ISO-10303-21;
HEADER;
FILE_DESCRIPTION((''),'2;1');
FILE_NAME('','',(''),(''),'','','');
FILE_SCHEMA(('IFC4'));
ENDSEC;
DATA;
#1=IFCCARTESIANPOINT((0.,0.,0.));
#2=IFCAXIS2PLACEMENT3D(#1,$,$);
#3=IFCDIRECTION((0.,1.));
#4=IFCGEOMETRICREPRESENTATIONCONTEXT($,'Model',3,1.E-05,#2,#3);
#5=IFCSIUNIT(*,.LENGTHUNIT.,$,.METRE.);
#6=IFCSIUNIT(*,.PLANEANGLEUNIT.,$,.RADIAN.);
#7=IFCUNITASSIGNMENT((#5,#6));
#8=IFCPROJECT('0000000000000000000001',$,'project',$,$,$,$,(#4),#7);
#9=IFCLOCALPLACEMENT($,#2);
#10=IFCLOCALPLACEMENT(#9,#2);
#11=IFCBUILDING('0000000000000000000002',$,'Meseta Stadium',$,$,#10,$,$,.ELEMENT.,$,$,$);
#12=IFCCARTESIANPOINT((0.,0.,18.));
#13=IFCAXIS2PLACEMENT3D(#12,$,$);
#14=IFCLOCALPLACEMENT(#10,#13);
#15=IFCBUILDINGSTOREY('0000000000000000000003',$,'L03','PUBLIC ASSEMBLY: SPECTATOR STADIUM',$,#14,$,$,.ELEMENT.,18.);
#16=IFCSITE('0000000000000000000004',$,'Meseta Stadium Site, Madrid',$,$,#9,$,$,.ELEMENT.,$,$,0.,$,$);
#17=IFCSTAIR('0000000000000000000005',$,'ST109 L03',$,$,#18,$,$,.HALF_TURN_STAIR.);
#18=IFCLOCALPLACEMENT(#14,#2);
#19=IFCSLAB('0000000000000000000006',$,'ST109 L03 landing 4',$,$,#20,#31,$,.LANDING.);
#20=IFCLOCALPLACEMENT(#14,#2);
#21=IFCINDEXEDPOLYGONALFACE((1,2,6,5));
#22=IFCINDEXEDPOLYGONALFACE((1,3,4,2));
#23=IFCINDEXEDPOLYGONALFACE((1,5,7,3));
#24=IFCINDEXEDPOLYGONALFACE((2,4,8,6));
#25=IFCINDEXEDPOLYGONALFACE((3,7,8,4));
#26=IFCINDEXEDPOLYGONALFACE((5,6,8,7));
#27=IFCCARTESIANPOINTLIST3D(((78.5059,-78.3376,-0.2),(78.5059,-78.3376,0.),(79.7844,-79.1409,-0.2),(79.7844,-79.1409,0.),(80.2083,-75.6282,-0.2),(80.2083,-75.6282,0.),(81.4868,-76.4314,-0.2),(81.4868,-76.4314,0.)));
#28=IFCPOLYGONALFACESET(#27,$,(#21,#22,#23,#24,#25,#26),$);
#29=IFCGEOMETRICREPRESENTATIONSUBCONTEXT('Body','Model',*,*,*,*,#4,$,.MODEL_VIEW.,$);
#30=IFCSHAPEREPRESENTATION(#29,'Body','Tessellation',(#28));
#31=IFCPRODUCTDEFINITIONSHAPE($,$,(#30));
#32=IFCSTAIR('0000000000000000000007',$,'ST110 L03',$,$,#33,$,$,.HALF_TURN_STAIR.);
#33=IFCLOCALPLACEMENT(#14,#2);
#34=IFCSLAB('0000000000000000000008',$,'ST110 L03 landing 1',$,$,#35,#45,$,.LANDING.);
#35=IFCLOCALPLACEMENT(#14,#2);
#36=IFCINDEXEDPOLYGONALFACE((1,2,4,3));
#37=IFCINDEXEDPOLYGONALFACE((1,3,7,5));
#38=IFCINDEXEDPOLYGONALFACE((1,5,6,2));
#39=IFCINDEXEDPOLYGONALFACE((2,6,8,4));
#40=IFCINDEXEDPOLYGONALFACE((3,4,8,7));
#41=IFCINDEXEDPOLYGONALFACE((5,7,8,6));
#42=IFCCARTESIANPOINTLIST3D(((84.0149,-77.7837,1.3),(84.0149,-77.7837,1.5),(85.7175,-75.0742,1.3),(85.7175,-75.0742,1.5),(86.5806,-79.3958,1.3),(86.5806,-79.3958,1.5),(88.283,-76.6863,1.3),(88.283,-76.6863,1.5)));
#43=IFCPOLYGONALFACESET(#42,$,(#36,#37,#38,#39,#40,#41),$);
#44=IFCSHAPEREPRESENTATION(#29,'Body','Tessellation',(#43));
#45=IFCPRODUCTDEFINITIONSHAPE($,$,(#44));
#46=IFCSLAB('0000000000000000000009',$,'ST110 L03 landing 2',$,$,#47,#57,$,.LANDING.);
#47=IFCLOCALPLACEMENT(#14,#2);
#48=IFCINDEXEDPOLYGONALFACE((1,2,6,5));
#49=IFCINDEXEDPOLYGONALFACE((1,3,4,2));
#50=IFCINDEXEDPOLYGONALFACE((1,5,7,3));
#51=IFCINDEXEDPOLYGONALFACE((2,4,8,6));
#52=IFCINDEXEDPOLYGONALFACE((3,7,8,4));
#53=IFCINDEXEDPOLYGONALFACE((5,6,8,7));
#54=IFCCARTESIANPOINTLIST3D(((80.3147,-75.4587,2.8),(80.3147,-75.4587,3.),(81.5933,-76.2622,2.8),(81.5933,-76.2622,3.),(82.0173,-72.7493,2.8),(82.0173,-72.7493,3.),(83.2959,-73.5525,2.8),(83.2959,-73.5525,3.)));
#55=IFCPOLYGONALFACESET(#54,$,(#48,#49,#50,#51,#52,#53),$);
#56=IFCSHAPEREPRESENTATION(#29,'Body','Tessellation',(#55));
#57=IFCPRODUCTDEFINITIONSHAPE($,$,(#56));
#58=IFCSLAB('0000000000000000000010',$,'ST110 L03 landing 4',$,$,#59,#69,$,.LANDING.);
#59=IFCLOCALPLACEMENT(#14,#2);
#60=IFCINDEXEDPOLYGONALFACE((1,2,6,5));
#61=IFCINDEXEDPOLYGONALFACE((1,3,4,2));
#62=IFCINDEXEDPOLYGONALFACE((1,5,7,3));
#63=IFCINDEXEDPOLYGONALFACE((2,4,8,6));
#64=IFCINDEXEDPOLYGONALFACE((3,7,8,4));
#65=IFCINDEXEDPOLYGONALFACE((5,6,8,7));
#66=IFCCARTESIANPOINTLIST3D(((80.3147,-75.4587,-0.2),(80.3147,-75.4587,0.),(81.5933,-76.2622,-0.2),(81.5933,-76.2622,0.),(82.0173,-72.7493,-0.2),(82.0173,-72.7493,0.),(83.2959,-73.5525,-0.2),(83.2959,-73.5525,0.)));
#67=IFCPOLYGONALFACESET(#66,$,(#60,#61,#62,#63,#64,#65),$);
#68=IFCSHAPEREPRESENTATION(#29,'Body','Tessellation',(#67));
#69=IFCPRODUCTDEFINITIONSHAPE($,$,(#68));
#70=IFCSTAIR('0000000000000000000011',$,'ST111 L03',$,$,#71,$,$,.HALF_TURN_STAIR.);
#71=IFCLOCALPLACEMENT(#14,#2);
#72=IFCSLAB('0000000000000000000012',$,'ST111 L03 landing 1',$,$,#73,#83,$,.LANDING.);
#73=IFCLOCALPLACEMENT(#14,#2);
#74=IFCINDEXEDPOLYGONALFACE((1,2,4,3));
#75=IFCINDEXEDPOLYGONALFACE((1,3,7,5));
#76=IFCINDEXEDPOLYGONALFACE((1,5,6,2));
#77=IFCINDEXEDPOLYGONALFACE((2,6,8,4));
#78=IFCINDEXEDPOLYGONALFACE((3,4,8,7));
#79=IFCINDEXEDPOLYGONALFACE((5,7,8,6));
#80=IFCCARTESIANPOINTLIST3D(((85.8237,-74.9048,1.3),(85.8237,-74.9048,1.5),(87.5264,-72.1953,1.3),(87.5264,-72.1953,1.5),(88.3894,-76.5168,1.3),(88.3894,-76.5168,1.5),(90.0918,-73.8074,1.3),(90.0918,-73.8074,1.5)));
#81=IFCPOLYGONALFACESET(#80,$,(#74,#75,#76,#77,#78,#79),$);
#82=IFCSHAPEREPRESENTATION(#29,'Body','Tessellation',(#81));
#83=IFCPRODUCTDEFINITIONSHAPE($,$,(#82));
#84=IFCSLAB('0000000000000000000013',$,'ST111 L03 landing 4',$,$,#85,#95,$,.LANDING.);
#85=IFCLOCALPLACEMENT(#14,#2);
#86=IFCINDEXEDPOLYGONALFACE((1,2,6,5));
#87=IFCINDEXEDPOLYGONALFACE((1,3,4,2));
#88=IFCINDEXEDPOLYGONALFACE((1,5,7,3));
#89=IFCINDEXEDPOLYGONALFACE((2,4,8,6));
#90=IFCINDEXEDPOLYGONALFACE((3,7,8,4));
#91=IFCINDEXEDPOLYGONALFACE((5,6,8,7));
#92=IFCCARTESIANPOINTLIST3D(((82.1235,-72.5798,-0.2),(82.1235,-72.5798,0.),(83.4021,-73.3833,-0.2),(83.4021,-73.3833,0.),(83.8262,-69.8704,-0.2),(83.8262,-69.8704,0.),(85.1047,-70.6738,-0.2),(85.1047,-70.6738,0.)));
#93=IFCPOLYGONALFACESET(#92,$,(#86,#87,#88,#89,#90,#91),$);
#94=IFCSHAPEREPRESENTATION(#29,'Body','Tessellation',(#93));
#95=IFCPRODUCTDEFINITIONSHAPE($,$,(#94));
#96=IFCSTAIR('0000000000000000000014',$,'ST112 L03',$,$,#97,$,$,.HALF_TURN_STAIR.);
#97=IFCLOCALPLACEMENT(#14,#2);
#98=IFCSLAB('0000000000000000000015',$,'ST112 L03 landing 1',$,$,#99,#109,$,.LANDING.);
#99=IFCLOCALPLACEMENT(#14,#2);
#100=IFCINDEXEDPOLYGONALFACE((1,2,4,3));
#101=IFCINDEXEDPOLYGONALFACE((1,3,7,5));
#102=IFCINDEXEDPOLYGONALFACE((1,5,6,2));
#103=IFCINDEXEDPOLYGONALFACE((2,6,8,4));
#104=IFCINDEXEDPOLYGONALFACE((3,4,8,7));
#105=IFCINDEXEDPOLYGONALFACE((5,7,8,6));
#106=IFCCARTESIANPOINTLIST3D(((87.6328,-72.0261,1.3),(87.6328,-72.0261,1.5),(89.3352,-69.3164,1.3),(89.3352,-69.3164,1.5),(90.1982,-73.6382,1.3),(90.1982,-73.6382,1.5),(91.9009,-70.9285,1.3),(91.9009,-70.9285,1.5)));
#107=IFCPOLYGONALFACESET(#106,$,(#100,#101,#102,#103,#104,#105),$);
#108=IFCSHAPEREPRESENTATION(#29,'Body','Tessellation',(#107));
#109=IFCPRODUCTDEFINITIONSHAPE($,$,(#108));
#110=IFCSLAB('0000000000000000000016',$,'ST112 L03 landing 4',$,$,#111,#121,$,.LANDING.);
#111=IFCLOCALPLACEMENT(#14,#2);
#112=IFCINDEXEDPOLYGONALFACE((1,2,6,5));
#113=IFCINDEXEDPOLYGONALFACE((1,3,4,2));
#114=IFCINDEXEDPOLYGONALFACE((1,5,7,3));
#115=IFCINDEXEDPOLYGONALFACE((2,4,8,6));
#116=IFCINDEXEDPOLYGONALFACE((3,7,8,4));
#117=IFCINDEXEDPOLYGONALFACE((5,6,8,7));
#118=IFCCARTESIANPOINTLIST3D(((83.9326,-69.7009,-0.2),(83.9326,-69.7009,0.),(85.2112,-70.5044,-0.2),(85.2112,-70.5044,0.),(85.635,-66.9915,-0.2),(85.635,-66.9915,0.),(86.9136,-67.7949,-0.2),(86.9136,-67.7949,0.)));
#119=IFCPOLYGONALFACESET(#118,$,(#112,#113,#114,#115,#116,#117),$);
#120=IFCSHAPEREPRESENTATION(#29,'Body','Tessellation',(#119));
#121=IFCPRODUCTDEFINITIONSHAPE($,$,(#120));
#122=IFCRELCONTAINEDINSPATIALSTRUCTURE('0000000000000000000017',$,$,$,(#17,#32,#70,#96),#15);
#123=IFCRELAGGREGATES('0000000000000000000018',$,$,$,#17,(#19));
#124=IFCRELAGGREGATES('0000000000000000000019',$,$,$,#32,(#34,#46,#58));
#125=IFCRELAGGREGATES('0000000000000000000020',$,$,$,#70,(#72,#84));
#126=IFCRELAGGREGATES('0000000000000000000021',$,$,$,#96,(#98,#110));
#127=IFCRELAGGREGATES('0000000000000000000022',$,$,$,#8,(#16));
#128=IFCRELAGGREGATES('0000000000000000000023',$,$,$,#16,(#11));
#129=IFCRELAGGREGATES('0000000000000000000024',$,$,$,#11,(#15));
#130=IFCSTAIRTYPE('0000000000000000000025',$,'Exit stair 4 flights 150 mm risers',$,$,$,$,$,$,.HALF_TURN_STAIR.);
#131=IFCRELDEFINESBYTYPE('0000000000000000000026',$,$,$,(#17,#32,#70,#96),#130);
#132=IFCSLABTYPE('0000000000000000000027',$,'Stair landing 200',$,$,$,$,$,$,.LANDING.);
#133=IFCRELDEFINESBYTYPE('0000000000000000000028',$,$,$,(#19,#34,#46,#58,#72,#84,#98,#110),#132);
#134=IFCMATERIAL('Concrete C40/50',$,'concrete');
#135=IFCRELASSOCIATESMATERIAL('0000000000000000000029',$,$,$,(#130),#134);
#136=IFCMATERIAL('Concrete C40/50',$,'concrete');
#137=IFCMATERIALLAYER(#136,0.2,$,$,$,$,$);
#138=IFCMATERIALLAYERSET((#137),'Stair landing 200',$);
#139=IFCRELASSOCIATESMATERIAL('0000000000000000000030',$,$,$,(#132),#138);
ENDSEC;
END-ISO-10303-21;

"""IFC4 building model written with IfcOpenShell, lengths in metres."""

from ifc_helpers import new_model, si_unit, direction, frame, origin, place, context, subcontext, project, spatial, polyline, outline, extrude, material, layer, layer_set, type_object, element, aggregate, save


model = new_model("IFC4")

# Units and contexts
model_context = context("Model", 3, precision=1e-05, world=origin(), true_north=direction((0.0, 1.0)))
body_context = subcontext(model_context, "Body", "Model", "MODEL_VIEW")
ifc_project = project(units=[si_unit("LENGTHUNIT", "METRE"), si_unit("PLANEANGLEUNIT", "RADIAN")], contexts=[model_context])

# Site, building, storey
site_placement = place(None, origin())
site = spatial("IfcSite", under=ifc_project, at=site_placement, Name="Meseta Stadium Site, Madrid", CompositionType="ELEMENT", RefElevation=0.0)
building_placement = place(site_placement, origin())
building = spatial("IfcBuilding", under=site, at=building_placement, Name="Meseta Stadium", CompositionType="ELEMENT")
storey_placement = place(building_placement, frame((0.0, 0.0, 18.0)))
storey = spatial("IfcBuildingStorey", under=building, at=storey_placement, Name="L03", Description="PUBLIC ASSEMBLY: SPECTATOR STADIUM", CompositionType="ELEMENT", Elevation=18.0)

# Stairs, slabs
ifc_material_1 = material(Name="Concrete C40/50", Category="concrete")
stair_type = type_object("IfcStairType", Name="Exit stair 4 flights 150 mm risers", PredefinedType="HALF_TURN_STAIR", material=ifc_material_1)
ifc_material_2 = material(Name="Concrete C40/50", Category="concrete")
ifc_layer = layer(ifc_material_2, 0.2)
ifc_layer_set = layer_set([ifc_layer], Name="Stair landing 200")
slab_type = type_object("IfcSlabType", Name="Stair landing 200", PredefinedType="LANDING", material=ifc_layer_set)
stair_1_placement = place(storey_placement, origin())
stair_1 = element("IfcStair", 1, at=stair_1_placement, inside=storey, type_object=stair_type, Name="ST109 L03", PredefinedType="HALF_TURN_STAIR")
slab_1_placement = place(storey_placement, frame((0.0, 0.0, -0.2)))
slab_1 = element("IfcSlab", 2, at=slab_1_placement, type_object=slab_type, Name="ST109 L03 landing 4", PredefinedType="LANDING", context=body_context, shape_type="SweptSolid", body=[
    extrude(outline(polyline([(78.5059, -78.3376), (79.7844, -79.1409), (81.4868, -76.4314), (80.2083, -75.6282), (78.5059, -78.3376)])), origin(), (0.0, 0.0, 1.0), 0.2),
])
aggregate(stair_1, [slab_1])
stair_2_placement = place(storey_placement, origin())
stair_2 = element("IfcStair", 3, at=stair_2_placement, inside=storey, type_object=stair_type, Name="ST110 L03", PredefinedType="HALF_TURN_STAIR")
slab_2_placement = place(storey_placement, frame((0.0, 0.0, 1.3)))
slab_2 = element("IfcSlab", 4, at=slab_2_placement, type_object=slab_type, Name="ST110 L03 landing 1", PredefinedType="LANDING", context=body_context, shape_type="SweptSolid", body=[
    extrude(outline(polyline([(84.0149, -77.7837), (86.5806, -79.3958), (88.283, -76.6863), (85.7175, -75.0742), (84.0149, -77.7837)])), origin(), (0.0, 0.0, 1.0), 0.2),
])
slab_3_placement = place(storey_placement, frame((0.0, 0.0, 2.8)))
slab_3 = element("IfcSlab", 5, at=slab_3_placement, type_object=slab_type, Name="ST110 L03 landing 2", PredefinedType="LANDING", context=body_context, shape_type="SweptSolid", body=[
    extrude(outline(polyline([(80.3147, -75.4587), (81.5933, -76.2622), (83.2959, -73.5525), (82.0173, -72.7493), (80.3147, -75.4587)])), origin(), (0.0, 0.0, 1.0), 0.2),
])
slab_4_placement = place(storey_placement, frame((0.0, 0.0, -0.2)))
slab_4 = element("IfcSlab", 6, at=slab_4_placement, type_object=slab_type, Name="ST110 L03 landing 4", PredefinedType="LANDING", context=body_context, shape_type="SweptSolid", body=[
    extrude(outline(polyline([(80.3147, -75.4587), (81.5933, -76.2622), (83.2959, -73.5525), (82.0173, -72.7493), (80.3147, -75.4587)])), origin(), (0.0, 0.0, 1.0), 0.2),
])
aggregate(stair_2, [slab_2, slab_3, slab_4])
stair_3_placement = place(storey_placement, origin())
stair_3 = element("IfcStair", 7, at=stair_3_placement, inside=storey, type_object=stair_type, Name="ST111 L03", PredefinedType="HALF_TURN_STAIR")
slab_5_placement = place(storey_placement, frame((0.0, 0.0, 1.3)))
slab_5 = element("IfcSlab", 8, at=slab_5_placement, type_object=slab_type, Name="ST111 L03 landing 1", PredefinedType="LANDING", context=body_context, shape_type="SweptSolid", body=[
    extrude(outline(polyline([(85.8237, -74.9048), (88.3894, -76.5168), (90.0918, -73.8074), (87.5264, -72.1953), (85.8237, -74.9048)])), origin(), (0.0, 0.0, 1.0), 0.2),
])
slab_6_placement = place(storey_placement, frame((0.0, 0.0, -0.2)))
slab_6 = element("IfcSlab", 9, at=slab_6_placement, type_object=slab_type, Name="ST111 L03 landing 4", PredefinedType="LANDING", context=body_context, shape_type="SweptSolid", body=[
    extrude(outline(polyline([(82.1235, -72.5798), (83.4021, -73.3833), (85.1047, -70.6738), (83.8262, -69.8704), (82.1235, -72.5798)])), origin(), (0.0, 0.0, 1.0), 0.2),
])
aggregate(stair_3, [slab_5, slab_6])
stair_4_placement = place(storey_placement, origin())
stair_4 = element("IfcStair", 10, at=stair_4_placement, inside=storey, type_object=stair_type, Name="ST112 L03", PredefinedType="HALF_TURN_STAIR")
slab_7_placement = place(storey_placement, frame((0.0, 0.0, 1.3)))
slab_7 = element("IfcSlab", 11, at=slab_7_placement, type_object=slab_type, Name="ST112 L03 landing 1", PredefinedType="LANDING", context=body_context, shape_type="SweptSolid", body=[
    extrude(outline(polyline([(87.6328, -72.0261), (90.1982, -73.6382), (91.9009, -70.9285), (89.3352, -69.3164), (87.6328, -72.0261)])), origin(), (0.0, 0.0, 1.0), 0.2),
])
slab_8_placement = place(storey_placement, frame((0.0, 0.0, -0.2)))
slab_8 = element("IfcSlab", 12, at=slab_8_placement, type_object=slab_type, Name="ST112 L03 landing 4", PredefinedType="LANDING", context=body_context, shape_type="SweptSolid", body=[
    extrude(outline(polyline([(83.9326, -69.7009), (85.2112, -70.5044), (86.9136, -67.7949), (85.635, -66.9915), (83.9326, -69.7009)])), origin(), (0.0, 0.0, 1.0), 0.2),
])
aggregate(stair_4, [slab_7, slab_8])

save(model, "model.ifc")
